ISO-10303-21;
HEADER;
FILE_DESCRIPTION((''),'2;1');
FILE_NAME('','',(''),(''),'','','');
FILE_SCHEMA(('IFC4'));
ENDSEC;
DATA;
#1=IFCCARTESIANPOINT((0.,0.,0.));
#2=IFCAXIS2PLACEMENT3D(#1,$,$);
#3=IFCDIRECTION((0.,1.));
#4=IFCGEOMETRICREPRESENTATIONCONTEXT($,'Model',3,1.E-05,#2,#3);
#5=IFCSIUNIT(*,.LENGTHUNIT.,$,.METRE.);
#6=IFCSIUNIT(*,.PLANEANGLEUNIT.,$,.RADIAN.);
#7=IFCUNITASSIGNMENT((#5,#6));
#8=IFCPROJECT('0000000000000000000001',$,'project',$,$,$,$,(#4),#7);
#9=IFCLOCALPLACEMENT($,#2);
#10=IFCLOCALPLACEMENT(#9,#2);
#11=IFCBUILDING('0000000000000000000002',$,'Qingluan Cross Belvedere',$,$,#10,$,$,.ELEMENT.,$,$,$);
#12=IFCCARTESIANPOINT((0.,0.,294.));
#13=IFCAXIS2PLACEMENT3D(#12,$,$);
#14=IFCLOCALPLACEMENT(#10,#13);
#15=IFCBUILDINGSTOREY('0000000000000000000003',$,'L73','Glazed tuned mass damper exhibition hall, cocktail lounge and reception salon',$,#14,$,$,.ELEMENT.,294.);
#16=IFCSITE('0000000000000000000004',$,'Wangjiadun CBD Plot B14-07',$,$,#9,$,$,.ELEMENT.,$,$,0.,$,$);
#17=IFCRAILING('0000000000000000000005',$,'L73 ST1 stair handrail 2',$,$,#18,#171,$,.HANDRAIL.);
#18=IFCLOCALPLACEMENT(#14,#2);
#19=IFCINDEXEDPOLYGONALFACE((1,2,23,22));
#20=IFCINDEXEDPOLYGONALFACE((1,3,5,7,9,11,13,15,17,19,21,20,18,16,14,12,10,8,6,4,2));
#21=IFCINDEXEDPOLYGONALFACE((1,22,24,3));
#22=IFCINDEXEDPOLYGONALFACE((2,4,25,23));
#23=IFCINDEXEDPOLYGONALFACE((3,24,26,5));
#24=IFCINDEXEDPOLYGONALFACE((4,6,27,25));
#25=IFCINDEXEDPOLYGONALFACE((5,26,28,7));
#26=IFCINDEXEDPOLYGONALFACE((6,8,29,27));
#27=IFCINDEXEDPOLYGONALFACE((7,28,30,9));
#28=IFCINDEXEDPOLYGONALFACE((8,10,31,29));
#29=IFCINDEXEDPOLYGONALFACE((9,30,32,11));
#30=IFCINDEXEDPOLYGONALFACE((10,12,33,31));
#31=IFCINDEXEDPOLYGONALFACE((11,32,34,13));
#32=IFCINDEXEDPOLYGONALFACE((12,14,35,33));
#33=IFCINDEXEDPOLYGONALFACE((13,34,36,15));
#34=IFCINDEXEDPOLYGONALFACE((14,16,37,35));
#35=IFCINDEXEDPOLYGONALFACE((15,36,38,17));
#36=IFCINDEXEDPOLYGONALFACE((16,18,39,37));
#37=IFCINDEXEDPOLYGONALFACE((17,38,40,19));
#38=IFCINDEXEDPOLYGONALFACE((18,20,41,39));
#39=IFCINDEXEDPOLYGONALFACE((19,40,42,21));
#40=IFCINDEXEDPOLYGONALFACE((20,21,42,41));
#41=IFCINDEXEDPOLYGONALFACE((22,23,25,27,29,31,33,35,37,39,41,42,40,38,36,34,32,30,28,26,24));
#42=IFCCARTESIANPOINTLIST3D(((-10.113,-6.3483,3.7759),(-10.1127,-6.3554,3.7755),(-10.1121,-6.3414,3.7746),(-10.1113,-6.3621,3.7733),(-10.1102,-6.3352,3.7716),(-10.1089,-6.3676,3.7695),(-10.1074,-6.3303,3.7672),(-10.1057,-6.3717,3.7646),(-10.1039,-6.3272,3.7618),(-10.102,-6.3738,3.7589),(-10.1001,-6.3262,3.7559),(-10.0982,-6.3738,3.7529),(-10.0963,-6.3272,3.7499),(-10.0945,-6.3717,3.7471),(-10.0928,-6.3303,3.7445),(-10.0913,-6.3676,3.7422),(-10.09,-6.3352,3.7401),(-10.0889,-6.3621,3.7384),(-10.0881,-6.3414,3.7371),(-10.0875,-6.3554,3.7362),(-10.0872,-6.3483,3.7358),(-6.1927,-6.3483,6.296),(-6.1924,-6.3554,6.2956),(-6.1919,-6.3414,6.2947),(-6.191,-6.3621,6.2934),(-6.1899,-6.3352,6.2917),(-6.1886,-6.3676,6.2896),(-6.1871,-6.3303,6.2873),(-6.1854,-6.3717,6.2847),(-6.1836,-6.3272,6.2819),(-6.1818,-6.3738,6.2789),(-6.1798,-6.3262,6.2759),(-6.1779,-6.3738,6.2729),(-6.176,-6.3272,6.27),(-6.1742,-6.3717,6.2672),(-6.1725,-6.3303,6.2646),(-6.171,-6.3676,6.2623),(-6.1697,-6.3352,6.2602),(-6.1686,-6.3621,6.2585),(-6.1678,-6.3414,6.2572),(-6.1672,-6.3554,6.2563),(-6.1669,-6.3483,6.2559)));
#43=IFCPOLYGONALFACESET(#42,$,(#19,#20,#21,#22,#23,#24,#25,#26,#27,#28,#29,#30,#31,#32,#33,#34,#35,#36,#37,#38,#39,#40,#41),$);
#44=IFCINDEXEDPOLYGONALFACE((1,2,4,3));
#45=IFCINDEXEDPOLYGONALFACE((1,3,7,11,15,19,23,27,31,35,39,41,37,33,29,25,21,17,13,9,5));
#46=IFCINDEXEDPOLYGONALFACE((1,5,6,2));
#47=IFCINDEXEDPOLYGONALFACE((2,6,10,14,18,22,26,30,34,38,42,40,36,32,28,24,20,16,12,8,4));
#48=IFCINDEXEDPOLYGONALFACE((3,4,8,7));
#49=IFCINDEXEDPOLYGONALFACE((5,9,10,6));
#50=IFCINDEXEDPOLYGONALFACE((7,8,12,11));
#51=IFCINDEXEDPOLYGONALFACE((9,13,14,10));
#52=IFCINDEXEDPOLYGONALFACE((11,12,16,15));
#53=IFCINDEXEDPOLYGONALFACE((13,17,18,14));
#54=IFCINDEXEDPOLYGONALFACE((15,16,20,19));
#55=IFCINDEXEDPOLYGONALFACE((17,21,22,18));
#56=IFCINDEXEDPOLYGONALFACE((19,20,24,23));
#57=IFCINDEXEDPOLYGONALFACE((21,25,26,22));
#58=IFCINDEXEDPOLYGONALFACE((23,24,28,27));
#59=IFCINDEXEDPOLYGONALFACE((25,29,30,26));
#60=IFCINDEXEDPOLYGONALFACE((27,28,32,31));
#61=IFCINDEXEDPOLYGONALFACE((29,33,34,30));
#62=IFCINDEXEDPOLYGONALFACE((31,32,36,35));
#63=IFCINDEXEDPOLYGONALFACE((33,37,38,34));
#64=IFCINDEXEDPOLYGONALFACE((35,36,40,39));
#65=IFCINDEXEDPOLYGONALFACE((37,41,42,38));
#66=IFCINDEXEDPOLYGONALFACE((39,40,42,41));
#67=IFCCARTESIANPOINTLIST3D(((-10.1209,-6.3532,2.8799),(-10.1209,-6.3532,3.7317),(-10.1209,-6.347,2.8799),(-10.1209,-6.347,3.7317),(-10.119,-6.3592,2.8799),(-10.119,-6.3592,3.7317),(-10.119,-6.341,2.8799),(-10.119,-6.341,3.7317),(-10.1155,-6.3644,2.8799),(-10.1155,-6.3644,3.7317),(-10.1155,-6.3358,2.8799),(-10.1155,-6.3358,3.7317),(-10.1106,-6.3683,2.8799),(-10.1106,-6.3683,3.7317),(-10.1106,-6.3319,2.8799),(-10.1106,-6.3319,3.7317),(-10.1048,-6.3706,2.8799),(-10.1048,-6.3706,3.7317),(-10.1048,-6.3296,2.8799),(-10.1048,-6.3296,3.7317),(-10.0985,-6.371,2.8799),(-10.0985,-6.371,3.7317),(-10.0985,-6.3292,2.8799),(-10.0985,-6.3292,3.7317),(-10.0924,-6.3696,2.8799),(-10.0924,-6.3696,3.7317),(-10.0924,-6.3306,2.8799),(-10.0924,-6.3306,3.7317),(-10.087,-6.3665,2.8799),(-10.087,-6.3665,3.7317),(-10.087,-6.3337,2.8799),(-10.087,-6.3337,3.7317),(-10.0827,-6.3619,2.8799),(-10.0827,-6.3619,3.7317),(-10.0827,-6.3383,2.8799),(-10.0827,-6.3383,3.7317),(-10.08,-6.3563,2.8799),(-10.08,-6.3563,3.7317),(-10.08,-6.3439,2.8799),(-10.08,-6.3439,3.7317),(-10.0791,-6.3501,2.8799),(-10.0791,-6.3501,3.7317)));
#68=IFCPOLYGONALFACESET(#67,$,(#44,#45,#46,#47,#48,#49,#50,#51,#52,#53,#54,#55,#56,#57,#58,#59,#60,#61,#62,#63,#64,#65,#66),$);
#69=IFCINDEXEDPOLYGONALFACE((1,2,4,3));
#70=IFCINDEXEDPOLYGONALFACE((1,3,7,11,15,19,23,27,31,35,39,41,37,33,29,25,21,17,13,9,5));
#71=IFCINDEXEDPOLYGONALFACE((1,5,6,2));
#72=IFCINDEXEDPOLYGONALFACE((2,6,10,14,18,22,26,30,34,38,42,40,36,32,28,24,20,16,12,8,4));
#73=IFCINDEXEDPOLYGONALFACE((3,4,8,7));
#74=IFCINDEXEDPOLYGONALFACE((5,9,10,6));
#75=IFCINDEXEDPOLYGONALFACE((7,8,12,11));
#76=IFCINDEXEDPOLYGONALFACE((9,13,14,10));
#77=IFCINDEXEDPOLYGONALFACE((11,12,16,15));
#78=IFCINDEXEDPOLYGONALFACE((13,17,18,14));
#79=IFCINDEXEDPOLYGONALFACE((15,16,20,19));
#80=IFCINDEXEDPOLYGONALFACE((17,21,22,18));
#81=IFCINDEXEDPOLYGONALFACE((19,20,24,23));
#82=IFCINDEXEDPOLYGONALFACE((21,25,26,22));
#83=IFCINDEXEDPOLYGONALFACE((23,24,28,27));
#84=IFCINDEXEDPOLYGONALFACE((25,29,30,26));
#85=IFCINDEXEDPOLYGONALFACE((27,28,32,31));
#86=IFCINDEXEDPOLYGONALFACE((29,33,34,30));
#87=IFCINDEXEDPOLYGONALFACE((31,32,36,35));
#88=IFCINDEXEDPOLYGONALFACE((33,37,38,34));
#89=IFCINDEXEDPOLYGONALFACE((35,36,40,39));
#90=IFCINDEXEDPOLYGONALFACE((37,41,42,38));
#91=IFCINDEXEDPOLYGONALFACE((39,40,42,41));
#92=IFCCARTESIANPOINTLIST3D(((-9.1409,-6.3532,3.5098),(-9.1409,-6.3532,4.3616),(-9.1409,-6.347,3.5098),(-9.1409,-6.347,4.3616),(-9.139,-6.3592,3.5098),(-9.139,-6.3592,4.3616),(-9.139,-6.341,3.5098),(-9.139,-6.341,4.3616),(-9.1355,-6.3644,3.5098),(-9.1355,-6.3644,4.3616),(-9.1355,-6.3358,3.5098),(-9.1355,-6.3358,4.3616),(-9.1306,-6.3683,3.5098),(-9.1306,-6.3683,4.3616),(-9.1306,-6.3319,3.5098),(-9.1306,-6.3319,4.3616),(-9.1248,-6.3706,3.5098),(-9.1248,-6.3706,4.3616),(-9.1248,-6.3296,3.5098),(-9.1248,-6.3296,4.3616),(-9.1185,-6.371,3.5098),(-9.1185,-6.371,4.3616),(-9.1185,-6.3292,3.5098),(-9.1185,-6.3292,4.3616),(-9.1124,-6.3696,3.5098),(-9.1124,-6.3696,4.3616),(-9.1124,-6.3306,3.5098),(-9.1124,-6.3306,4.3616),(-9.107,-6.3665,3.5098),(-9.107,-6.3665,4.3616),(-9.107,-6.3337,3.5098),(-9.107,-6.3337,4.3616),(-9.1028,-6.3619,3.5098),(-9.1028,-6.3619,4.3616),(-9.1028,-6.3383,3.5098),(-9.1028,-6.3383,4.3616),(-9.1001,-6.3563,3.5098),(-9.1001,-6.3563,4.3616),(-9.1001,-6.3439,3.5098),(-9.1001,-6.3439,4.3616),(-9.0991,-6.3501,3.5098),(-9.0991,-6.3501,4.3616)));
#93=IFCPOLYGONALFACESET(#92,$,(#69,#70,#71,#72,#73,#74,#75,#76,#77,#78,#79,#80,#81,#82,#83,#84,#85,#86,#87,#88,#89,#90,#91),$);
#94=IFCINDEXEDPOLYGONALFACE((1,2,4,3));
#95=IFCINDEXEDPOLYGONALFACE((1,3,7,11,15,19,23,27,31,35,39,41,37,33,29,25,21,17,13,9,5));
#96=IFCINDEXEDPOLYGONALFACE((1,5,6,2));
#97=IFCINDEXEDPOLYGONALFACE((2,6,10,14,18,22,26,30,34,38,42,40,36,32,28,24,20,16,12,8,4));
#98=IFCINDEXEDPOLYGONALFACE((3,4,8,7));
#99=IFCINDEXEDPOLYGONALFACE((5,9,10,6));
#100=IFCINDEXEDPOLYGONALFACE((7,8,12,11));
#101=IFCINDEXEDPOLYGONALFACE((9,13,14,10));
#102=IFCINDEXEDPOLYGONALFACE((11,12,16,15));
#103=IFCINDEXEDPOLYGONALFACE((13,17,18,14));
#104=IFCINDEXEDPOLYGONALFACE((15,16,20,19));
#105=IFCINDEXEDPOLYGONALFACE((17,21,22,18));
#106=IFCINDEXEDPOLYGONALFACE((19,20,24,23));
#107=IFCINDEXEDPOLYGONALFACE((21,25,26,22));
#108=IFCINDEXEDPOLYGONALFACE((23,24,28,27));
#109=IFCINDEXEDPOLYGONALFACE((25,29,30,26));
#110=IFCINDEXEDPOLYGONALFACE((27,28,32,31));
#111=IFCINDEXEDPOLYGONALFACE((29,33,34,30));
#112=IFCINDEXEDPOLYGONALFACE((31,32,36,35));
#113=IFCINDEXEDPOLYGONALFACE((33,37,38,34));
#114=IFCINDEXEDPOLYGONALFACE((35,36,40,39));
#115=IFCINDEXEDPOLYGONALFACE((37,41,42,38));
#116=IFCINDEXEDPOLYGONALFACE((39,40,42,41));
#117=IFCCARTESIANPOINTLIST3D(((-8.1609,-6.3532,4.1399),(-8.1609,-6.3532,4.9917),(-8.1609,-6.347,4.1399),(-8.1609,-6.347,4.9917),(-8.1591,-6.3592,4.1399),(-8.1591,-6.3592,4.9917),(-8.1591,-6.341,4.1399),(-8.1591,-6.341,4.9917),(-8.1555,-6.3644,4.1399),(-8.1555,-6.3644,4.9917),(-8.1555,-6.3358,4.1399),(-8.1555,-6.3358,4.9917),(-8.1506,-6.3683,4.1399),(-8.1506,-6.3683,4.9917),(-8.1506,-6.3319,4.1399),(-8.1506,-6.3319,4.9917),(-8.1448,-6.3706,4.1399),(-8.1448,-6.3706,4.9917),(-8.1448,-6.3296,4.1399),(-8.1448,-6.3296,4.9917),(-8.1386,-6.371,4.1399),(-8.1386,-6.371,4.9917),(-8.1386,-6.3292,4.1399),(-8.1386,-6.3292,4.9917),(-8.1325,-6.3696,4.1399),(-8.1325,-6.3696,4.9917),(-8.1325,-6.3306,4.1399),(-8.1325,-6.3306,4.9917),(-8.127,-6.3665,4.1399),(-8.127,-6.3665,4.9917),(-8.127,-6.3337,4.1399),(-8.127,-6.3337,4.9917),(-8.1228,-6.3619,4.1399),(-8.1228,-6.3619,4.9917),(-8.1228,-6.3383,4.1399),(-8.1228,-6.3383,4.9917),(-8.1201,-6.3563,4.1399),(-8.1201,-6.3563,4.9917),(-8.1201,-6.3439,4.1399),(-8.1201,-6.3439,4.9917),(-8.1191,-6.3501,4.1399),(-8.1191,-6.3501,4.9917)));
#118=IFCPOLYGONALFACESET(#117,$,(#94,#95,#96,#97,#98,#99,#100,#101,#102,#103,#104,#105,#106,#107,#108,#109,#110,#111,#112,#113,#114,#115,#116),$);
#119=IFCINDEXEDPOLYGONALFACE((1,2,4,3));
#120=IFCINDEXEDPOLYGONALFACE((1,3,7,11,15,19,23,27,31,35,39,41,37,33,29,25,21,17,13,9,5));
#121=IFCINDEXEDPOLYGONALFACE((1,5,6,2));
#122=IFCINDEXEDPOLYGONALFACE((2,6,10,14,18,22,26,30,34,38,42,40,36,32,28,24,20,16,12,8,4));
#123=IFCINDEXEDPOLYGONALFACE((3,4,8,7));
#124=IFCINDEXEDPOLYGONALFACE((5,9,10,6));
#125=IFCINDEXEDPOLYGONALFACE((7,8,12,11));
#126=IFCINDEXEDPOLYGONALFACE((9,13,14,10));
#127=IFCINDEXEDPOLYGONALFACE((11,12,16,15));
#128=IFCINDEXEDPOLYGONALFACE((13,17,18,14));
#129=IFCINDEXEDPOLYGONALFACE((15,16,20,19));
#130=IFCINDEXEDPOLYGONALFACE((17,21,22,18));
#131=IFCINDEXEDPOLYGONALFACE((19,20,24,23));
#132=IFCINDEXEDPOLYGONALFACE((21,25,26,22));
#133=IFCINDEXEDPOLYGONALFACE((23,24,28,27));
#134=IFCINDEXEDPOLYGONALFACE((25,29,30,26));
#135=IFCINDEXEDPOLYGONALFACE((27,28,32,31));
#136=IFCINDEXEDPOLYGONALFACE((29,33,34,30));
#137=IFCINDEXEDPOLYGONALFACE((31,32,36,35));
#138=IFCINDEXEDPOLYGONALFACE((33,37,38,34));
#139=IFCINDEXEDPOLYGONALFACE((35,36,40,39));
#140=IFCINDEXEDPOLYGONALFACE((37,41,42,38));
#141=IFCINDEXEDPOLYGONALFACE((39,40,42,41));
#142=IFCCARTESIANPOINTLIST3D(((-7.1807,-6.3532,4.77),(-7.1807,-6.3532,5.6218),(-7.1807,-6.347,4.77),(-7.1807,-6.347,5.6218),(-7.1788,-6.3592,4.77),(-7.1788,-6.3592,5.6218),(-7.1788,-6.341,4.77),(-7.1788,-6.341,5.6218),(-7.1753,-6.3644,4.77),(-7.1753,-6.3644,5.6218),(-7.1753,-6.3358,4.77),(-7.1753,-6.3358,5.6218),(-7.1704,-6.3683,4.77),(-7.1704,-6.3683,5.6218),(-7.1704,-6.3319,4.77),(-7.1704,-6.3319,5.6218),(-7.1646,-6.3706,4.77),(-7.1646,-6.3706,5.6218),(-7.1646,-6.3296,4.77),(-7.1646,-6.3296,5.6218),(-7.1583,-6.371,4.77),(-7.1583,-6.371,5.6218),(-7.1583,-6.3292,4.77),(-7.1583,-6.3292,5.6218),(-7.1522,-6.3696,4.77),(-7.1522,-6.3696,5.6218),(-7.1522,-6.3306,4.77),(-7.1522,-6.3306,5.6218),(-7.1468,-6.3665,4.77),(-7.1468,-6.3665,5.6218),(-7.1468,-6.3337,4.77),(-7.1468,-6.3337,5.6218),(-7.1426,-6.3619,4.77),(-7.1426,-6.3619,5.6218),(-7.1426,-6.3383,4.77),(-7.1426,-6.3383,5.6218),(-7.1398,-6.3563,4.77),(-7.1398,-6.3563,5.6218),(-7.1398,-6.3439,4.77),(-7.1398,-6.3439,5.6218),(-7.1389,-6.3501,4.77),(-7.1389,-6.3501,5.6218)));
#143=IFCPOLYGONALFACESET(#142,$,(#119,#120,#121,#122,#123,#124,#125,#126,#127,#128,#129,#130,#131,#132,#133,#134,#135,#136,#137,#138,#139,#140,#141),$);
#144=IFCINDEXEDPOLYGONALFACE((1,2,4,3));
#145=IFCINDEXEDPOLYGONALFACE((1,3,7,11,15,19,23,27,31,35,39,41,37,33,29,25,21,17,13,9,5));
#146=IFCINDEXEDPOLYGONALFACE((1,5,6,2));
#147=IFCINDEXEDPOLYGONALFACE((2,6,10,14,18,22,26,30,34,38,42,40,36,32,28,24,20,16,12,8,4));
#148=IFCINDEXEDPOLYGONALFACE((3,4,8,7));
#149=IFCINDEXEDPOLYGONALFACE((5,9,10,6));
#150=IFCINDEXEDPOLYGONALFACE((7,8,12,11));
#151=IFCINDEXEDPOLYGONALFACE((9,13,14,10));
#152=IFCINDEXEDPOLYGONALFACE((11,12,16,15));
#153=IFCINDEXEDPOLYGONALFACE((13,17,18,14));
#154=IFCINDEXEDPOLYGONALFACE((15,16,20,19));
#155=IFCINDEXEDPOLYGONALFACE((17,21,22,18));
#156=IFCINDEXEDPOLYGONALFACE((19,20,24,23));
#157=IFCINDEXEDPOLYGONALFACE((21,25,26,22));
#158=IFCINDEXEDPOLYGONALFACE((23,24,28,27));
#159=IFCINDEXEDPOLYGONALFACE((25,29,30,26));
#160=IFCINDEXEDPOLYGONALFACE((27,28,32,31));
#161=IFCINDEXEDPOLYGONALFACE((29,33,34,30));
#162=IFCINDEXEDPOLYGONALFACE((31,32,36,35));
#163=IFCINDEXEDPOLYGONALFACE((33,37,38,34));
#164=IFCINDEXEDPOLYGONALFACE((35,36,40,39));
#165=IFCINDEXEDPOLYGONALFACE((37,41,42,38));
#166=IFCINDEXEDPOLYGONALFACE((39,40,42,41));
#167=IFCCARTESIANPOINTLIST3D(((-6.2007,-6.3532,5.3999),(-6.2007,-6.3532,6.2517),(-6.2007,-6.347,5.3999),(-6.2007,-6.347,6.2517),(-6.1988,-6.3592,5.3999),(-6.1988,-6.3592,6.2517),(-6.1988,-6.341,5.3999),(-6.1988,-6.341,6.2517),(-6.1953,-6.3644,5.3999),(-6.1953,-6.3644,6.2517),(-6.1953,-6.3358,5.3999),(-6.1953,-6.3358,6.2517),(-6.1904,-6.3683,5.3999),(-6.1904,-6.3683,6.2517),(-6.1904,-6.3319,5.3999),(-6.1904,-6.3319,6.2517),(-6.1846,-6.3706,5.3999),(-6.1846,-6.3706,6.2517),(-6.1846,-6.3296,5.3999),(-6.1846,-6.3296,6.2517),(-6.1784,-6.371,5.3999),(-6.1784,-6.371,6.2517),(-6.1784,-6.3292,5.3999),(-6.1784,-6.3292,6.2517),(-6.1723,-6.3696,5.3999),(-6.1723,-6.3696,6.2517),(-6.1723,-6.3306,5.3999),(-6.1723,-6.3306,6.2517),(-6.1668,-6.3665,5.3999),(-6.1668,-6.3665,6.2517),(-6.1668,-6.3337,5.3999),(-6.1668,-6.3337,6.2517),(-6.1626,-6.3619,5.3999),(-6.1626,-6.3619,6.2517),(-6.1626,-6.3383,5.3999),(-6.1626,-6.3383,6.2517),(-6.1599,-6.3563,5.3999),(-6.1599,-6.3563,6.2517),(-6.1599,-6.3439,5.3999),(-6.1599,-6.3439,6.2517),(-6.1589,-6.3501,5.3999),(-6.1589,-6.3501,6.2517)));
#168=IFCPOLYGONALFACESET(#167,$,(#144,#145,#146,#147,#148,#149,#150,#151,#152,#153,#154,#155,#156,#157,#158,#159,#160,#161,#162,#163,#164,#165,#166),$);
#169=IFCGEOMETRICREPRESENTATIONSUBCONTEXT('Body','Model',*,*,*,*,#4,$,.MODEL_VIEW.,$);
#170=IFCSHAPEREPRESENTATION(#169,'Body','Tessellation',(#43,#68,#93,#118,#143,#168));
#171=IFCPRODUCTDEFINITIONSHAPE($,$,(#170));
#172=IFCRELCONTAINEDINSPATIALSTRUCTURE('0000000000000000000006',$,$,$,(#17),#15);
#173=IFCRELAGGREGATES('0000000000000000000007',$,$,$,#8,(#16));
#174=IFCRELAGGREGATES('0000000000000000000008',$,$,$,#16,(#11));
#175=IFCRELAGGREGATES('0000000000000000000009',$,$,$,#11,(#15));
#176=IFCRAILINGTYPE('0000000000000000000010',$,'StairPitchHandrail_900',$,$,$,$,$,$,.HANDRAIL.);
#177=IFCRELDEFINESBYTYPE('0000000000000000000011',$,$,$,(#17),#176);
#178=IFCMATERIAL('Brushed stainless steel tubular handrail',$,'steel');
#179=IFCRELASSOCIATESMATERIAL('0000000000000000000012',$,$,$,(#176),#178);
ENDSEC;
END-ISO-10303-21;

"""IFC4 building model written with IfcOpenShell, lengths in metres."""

from ifc_helpers import new_model, si_unit, direction, frame, origin, origin_2d, place, context, subcontext, project, spatial, circle, extrude, material, type_object, element, save


model = new_model("IFC4")

# Units and contexts
model_context = context("Model", 3, precision=1e-05, world=origin(), true_north=direction((0.0, 1.0)))
body_context = subcontext(model_context, "Body", "Model", "MODEL_VIEW")
ifc_project = project(units=[si_unit("LENGTHUNIT", "METRE"), si_unit("PLANEANGLEUNIT", "RADIAN")], contexts=[model_context])

# Site, building, storey
site_placement = place(None, origin())
site = spatial("IfcSite", under=ifc_project, at=site_placement, Name="Wangjiadun CBD Plot B14-07", CompositionType="ELEMENT", RefElevation=0.0)
building_placement = place(site_placement, origin())
building = spatial("IfcBuilding", under=site, at=building_placement, Name="Qingluan Cross Belvedere", CompositionType="ELEMENT")
storey_placement = place(building_placement, frame((0.0, 0.0, 294.0)))
storey = spatial("IfcBuildingStorey", under=building, at=storey_placement, Name="L73", Description="Glazed tuned mass damper exhibition hall, cocktail lounge and reception salon", CompositionType="ELEMENT", Elevation=294.0)

# Railing
ifc_material_1 = material(Name="Brushed stainless steel tubular handrail", Category="steel")
railing_type_1 = type_object("IfcRailingType", Name="StairPitchHandrail_900", PredefinedType="HANDRAIL", material=ifc_material_1)
railing_1_placement = place(storey_placement, frame((-10.1001, -6.3501, 2.8799)))
element("IfcRailing", 1, at=railing_1_placement, inside=storey, type_object=railing_type_1, Name="L73 ST1 stair handrail 2", PredefinedType="HANDRAIL", context=body_context, shape_type="SweptSolid", body=[
    extrude(circle(Radius=0.0239, at=origin_2d()), frame((0.0, 0.0, 0.876), z_axis=(0.841187, 0.0, 0.540744), x_axis=(0.0, 1.0, 0.0)), (0.0, 0.0, 1.0), 4.6604),
    extrude(circle(Radius=0.021, at=origin_2d()), origin(), (0.0, 0.0, 1.0), 0.8518),
    extrude(circle(Radius=0.021, at=origin_2d()), frame((0.98, 0.0, 0.6299)), (0.0, 0.0, 1.0), 0.8518),
    extrude(circle(Radius=0.021, at=origin_2d()), frame((1.96, 0.0, 1.26)), (0.0, 0.0, 1.0), 0.8518),
    extrude(circle(Radius=0.021, at=origin_2d()), frame((2.9402, 0.0, 1.8901)), (0.0, 0.0, 1.0), 0.8518),
    extrude(circle(Radius=0.021, at=origin_2d()), frame((3.9202, 0.0, 2.52)), (0.0, 0.0, 1.0), 0.8518),
])

save(model, "model.ifc")
